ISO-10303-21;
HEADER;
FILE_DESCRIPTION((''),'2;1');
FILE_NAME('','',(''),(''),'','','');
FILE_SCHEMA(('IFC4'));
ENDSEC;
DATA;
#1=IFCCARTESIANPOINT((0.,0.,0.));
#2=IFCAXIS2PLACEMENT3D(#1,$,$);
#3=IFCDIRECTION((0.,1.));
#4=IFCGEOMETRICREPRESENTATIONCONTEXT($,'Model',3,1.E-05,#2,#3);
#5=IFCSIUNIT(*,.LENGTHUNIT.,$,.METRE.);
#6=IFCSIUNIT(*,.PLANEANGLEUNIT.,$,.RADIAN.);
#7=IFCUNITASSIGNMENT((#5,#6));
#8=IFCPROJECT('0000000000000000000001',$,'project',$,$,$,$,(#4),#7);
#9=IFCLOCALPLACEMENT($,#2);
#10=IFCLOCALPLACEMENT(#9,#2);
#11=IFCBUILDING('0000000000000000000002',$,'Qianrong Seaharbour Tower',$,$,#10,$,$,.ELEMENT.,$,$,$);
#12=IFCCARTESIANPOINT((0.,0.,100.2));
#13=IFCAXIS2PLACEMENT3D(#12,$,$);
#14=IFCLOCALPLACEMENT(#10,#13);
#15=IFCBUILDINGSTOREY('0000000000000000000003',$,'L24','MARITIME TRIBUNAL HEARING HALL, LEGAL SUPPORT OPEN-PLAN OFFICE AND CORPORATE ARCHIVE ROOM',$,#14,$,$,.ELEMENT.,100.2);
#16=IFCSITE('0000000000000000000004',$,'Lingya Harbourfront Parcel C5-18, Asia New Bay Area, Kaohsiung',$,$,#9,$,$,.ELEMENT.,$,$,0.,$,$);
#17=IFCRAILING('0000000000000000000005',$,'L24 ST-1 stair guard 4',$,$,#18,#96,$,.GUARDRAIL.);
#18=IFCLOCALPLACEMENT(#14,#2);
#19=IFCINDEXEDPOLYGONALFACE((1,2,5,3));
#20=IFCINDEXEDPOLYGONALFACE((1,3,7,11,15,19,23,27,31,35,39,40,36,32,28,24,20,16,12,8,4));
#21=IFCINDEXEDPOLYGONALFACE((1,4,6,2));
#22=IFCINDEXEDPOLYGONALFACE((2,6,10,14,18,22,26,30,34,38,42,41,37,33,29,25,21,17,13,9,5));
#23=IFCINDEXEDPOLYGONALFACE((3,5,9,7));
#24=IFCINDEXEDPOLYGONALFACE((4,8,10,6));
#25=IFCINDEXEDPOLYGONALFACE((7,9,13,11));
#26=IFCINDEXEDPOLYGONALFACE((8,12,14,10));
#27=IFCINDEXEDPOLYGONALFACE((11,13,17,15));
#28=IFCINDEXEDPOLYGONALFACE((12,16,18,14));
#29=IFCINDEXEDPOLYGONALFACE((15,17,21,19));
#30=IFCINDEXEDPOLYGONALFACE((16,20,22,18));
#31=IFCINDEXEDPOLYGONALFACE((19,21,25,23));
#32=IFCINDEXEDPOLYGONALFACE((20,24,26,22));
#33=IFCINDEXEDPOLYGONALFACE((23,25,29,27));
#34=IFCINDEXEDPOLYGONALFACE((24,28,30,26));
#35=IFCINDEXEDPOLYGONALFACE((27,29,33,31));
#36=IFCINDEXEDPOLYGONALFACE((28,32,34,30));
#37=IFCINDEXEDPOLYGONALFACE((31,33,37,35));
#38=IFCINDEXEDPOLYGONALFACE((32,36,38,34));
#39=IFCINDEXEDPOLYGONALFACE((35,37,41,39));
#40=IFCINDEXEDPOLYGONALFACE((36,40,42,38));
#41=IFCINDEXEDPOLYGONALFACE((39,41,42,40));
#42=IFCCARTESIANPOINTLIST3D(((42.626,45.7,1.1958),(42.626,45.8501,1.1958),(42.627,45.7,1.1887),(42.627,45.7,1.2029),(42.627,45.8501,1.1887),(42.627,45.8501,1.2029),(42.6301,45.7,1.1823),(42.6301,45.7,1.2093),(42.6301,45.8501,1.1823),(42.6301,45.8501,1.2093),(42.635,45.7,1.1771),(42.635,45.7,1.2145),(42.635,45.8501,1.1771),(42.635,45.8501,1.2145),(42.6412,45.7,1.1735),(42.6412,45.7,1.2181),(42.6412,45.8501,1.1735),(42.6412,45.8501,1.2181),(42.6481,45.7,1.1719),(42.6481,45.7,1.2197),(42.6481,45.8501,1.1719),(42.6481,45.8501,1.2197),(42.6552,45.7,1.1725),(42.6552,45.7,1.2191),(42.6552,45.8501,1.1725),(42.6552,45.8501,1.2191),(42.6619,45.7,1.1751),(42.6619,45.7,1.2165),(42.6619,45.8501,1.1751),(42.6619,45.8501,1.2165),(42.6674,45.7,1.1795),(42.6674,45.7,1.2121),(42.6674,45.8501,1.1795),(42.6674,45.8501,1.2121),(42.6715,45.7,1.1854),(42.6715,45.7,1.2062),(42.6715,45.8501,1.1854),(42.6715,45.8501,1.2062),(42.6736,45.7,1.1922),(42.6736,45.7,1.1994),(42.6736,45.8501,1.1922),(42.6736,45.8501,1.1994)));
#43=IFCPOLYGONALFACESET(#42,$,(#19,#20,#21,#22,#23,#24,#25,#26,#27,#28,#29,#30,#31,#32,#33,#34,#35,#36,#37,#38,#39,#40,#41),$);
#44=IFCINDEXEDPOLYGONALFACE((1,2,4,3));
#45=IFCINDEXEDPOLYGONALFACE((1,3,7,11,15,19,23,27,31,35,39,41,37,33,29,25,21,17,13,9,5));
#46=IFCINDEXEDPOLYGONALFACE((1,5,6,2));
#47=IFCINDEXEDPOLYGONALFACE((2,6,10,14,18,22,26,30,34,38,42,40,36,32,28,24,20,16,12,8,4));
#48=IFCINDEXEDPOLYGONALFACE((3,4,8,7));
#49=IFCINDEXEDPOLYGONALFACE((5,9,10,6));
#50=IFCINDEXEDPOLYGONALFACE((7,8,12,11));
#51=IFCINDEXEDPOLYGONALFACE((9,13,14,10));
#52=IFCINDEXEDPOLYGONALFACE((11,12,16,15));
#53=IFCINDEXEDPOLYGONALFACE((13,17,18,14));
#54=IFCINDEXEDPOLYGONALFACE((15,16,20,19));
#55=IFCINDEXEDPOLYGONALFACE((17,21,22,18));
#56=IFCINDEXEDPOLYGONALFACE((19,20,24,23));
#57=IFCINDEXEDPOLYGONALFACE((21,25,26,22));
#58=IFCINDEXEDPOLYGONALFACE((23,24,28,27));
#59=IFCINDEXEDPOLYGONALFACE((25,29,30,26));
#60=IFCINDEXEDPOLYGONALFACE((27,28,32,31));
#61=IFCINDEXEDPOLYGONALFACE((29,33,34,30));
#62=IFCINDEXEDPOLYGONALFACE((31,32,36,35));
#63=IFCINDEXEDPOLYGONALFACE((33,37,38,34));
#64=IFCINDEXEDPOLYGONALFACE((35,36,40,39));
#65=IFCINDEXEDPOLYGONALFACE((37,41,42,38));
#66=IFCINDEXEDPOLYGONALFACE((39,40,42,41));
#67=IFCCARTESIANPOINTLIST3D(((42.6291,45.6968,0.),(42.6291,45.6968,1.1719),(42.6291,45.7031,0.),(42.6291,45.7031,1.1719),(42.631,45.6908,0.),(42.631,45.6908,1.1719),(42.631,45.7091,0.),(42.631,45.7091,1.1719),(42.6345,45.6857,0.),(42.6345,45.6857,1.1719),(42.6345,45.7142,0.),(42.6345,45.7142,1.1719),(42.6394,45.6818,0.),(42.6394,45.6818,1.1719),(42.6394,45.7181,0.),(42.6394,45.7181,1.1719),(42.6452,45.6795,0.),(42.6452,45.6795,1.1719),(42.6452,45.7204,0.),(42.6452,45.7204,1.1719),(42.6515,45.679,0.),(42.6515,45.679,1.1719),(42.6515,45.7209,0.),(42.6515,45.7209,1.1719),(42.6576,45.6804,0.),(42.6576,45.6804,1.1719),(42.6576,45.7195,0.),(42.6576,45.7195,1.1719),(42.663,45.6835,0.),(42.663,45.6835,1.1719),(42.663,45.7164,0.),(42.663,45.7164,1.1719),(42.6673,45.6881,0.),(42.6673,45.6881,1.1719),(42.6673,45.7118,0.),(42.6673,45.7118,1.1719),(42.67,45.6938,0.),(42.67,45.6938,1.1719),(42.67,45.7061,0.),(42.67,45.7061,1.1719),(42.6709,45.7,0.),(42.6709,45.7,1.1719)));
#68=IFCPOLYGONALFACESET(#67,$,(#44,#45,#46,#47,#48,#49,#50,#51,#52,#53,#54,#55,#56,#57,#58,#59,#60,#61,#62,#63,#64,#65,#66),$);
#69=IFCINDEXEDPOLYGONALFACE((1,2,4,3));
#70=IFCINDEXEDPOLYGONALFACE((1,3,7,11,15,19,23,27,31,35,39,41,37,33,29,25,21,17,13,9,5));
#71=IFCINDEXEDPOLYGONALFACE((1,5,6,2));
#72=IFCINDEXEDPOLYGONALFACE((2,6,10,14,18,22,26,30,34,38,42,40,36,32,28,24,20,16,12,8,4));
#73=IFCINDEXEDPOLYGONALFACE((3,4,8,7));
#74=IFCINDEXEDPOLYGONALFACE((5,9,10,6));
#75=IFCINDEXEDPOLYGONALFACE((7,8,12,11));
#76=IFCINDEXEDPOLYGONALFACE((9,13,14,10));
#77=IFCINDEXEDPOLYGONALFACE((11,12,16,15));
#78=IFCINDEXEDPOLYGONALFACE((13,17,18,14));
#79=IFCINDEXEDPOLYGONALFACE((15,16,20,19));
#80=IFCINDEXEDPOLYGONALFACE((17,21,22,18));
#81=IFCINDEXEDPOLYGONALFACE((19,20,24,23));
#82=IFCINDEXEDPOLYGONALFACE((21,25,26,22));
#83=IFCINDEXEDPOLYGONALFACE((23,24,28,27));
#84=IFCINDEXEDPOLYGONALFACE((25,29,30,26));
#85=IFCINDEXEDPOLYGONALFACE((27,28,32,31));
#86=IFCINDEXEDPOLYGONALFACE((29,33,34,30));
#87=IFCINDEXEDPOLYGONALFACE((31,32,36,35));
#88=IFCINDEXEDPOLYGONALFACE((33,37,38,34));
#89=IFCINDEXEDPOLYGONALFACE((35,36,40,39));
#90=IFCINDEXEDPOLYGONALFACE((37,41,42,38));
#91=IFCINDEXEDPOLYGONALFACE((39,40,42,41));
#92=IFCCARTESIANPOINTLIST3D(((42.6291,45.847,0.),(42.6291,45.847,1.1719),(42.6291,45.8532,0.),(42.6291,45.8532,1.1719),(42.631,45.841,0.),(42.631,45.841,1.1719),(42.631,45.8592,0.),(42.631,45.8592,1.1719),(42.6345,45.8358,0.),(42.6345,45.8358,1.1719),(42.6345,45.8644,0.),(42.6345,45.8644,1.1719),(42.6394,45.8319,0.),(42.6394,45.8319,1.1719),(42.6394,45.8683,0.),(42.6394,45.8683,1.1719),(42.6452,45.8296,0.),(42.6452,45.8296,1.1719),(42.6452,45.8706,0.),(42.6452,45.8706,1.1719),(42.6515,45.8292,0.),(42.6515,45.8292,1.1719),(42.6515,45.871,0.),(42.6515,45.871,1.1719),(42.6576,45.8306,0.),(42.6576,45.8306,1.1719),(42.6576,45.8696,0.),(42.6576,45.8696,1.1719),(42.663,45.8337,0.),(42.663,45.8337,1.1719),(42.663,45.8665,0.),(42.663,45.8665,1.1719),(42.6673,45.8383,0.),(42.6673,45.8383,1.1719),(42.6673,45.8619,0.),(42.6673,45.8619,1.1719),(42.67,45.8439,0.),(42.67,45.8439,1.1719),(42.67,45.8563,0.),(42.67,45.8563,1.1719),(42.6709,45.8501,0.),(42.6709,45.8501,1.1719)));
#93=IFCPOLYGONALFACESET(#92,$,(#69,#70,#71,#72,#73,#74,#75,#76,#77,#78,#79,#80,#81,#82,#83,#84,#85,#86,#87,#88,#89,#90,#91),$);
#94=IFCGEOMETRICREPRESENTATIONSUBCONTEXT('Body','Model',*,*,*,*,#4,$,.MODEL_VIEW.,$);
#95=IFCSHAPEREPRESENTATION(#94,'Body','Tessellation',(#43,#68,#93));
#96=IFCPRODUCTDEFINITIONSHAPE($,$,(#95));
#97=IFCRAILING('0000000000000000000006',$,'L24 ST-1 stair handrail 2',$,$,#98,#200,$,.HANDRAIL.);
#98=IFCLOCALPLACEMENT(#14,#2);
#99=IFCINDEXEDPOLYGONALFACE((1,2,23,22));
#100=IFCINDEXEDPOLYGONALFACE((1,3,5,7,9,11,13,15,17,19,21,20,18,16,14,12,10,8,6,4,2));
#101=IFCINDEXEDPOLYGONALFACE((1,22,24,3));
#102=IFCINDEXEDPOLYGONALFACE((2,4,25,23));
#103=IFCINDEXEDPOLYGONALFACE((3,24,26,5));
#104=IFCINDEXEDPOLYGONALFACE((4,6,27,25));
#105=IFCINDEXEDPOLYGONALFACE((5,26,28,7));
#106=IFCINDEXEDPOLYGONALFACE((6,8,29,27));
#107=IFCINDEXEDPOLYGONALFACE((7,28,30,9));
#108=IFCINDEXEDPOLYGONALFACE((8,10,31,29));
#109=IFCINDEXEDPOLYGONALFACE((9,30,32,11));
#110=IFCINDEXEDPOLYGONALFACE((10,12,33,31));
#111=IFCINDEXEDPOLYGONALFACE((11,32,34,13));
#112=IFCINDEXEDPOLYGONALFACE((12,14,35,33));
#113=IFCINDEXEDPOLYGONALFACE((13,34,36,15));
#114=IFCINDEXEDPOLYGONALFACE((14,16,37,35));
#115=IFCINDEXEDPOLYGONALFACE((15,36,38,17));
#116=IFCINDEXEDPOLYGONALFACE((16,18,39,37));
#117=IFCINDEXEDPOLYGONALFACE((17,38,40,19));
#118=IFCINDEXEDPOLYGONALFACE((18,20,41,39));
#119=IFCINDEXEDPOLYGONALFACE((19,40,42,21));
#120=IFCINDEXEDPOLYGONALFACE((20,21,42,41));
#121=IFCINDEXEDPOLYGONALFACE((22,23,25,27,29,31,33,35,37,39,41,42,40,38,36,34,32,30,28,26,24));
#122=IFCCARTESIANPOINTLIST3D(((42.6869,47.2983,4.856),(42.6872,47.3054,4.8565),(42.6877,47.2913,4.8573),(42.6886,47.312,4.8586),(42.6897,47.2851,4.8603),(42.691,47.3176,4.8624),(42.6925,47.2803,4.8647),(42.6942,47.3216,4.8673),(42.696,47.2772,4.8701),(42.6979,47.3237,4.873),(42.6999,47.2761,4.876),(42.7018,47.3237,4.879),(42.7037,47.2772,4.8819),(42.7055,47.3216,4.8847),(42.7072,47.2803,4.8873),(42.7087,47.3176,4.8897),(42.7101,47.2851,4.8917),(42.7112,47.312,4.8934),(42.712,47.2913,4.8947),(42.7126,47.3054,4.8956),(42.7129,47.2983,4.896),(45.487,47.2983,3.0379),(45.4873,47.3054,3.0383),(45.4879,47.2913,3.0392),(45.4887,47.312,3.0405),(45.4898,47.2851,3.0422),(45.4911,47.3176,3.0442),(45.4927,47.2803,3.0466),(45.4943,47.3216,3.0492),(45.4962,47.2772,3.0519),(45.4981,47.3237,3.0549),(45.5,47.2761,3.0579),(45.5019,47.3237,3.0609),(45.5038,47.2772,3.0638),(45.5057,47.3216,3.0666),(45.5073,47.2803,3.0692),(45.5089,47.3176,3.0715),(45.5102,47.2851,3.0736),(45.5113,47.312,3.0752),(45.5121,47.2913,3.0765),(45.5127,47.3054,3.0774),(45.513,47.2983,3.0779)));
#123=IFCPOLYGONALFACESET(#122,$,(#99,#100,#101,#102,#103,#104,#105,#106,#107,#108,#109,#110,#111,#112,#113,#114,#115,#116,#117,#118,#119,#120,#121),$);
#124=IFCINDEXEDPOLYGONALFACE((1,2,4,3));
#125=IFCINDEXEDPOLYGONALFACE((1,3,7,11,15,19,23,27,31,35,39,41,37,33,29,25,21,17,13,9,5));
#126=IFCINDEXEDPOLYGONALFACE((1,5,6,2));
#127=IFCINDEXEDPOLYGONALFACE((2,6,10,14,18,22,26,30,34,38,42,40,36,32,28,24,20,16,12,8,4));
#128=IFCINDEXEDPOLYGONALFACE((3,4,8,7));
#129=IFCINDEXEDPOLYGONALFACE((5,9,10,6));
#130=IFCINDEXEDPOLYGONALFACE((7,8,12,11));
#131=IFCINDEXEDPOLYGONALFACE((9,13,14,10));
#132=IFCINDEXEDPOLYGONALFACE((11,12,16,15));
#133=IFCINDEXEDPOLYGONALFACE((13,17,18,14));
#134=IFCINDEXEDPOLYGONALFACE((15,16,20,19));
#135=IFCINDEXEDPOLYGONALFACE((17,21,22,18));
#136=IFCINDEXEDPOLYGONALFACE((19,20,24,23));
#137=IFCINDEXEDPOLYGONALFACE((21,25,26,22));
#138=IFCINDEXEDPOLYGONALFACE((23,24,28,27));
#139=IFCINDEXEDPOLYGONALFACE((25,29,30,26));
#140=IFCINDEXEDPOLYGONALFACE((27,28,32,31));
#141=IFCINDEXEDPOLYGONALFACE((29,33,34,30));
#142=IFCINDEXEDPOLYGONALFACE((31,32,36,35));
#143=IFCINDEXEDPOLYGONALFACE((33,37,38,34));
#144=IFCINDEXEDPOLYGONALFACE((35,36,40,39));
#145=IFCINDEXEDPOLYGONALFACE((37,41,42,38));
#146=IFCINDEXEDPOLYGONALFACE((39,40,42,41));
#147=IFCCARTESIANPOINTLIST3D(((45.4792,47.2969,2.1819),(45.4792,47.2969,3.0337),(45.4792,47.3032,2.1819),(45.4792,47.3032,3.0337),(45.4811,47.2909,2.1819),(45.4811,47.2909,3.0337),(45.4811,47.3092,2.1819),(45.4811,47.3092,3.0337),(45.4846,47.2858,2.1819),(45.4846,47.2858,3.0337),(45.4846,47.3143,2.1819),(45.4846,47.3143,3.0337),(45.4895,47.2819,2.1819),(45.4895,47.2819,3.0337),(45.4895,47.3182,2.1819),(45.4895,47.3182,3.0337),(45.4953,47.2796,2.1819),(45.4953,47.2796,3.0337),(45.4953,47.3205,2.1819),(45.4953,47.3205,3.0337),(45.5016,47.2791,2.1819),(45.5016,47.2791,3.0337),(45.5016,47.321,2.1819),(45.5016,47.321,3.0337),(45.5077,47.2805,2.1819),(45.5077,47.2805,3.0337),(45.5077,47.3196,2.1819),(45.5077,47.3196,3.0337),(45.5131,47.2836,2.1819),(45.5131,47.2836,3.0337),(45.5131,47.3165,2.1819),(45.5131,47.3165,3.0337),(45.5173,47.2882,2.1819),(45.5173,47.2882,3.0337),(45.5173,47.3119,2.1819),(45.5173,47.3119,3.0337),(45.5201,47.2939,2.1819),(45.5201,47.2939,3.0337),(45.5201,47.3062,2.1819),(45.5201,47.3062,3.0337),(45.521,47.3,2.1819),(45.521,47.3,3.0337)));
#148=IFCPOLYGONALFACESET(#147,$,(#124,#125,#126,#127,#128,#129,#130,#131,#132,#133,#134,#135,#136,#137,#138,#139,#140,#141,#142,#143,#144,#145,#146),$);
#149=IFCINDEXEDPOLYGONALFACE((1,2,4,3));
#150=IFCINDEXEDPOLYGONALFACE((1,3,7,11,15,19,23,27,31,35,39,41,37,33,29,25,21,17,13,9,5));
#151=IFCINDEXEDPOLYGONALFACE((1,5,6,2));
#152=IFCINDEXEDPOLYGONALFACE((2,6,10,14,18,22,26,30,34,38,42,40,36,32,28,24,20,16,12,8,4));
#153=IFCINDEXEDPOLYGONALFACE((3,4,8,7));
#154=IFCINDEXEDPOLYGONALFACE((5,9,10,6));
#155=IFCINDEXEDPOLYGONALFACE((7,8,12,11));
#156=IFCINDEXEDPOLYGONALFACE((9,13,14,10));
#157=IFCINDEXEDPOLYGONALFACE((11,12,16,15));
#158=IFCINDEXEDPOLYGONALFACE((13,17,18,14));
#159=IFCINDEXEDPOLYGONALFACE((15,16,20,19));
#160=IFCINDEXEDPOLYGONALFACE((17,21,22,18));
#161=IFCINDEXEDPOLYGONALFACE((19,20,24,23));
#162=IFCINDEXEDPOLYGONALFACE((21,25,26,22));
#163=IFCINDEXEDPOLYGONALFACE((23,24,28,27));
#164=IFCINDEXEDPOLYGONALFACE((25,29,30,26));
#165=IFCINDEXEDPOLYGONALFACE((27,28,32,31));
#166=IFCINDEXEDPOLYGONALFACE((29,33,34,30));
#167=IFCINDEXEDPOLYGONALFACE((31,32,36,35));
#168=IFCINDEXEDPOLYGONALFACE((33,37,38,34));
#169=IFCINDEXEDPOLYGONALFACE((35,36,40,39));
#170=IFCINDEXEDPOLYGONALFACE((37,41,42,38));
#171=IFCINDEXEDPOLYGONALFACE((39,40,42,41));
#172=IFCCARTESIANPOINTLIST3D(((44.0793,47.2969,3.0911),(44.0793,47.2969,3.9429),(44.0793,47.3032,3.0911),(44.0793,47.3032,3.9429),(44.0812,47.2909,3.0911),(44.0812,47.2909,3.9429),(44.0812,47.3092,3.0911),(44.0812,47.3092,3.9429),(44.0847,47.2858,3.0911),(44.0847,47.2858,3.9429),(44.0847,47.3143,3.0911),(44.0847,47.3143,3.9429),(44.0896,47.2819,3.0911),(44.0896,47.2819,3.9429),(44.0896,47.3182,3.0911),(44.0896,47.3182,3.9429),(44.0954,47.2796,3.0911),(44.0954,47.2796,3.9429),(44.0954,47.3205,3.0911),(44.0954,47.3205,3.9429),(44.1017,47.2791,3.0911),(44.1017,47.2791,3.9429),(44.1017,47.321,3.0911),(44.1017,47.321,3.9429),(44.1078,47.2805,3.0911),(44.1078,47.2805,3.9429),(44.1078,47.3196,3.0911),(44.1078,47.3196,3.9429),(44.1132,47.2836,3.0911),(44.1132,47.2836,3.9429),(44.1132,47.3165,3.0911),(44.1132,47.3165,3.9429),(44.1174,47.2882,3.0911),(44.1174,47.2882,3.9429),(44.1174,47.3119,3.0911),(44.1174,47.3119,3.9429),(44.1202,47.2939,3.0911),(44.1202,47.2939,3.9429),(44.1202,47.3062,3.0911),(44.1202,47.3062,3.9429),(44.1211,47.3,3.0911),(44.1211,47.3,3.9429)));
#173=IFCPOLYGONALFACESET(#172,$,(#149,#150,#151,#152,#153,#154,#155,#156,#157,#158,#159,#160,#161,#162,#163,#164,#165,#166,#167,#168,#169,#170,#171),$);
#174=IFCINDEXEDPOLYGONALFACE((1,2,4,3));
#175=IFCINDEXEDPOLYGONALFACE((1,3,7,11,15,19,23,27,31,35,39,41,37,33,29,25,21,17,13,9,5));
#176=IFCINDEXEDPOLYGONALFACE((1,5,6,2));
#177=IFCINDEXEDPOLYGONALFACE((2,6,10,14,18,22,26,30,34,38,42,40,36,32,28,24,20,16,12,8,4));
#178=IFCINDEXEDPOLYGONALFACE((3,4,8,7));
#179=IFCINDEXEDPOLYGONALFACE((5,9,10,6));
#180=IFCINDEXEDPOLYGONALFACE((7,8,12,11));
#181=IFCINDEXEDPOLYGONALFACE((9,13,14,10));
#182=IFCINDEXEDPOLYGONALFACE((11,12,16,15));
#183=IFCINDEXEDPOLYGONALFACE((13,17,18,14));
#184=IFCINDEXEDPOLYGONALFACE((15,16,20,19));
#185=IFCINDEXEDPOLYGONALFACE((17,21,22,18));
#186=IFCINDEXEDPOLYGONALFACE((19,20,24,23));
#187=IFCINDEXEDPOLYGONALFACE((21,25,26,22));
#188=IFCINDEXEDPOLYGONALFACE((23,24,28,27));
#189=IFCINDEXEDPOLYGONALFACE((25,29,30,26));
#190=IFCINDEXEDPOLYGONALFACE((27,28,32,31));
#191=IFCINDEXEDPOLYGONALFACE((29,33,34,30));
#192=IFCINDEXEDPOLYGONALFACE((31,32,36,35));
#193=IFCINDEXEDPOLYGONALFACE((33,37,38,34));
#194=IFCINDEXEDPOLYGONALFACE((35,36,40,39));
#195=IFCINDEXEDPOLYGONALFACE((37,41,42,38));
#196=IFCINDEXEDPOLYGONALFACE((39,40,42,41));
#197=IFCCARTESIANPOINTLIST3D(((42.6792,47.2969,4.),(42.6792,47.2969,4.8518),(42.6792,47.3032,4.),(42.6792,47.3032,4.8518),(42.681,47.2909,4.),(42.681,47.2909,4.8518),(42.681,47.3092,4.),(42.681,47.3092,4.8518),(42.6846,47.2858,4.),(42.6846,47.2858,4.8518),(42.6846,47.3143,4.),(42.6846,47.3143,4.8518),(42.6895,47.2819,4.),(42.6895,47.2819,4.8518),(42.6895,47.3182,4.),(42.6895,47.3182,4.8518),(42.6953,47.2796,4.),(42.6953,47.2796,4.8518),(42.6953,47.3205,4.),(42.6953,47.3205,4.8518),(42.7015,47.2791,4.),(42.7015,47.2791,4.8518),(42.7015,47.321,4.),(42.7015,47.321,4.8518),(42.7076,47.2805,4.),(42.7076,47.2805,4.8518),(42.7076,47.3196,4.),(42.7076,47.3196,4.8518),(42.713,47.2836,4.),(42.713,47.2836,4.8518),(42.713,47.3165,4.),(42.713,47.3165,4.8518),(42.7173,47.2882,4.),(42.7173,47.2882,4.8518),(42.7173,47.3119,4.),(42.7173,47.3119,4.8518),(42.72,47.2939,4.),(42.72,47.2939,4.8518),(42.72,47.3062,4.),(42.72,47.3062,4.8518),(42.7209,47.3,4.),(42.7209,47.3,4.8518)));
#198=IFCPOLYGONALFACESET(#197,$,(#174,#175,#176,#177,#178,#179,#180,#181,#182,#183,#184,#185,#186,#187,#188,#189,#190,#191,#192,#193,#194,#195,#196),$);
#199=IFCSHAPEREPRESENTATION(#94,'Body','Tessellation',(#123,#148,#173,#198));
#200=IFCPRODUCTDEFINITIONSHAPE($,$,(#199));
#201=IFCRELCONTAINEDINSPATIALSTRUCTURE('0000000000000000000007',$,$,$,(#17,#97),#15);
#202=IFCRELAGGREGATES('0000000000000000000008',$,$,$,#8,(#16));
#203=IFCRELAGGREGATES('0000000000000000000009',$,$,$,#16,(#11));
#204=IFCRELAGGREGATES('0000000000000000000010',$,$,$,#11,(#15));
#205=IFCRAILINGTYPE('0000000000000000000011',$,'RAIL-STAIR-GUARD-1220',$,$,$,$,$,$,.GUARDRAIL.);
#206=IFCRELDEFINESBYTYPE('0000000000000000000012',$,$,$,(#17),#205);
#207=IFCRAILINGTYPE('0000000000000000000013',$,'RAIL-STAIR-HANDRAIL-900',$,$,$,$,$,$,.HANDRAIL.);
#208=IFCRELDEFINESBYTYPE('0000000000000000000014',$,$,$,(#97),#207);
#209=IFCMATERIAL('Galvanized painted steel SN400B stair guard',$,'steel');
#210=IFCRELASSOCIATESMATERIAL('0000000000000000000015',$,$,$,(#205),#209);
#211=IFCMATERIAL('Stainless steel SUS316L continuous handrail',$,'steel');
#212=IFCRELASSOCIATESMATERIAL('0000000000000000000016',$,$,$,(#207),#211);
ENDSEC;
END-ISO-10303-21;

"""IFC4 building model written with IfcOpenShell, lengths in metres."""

from ifc_helpers import new_model, si_unit, direction, frame, origin, origin_2d, place, context, subcontext, project, spatial, circle, extrude, material, type_object, element, save


model = new_model("IFC4")

# Units and contexts
model_context = context("Model", 3, precision=1e-05, world=origin(), true_north=direction((0.0, 1.0)))
body_context = subcontext(model_context, "Body", "Model", "MODEL_VIEW")
ifc_project = project(units=[si_unit("LENGTHUNIT", "METRE"), si_unit("PLANEANGLEUNIT", "RADIAN")], contexts=[model_context])

# Site, building, storey
site_placement = place(None, origin())
site = spatial("IfcSite", under=ifc_project, at=site_placement, Name="Lingya Harbourfront Parcel C5-18, Asia New Bay Area, Kaohsiung", CompositionType="ELEMENT", RefElevation=0.0)
building_placement = place(site_placement, origin())
building = spatial("IfcBuilding", under=site, at=building_placement, Name="Qianrong Seaharbour Tower", CompositionType="ELEMENT")
storey_placement = place(building_placement, frame((0.0, 0.0, 100.2)))
storey = spatial("IfcBuildingStorey", under=building, at=storey_placement, Name="L24", Description="MARITIME TRIBUNAL HEARING HALL, LEGAL SUPPORT OPEN-PLAN OFFICE AND CORPORATE ARCHIVE ROOM", CompositionType="ELEMENT", Elevation=100.2)

# Railings
ifc_material_1 = material(Name="Galvanized painted steel SN400B stair guard", Category="steel")
railing_type_1 = type_object("IfcRailingType", Name="RAIL-STAIR-GUARD-1220", PredefinedType="GUARDRAIL", material=ifc_material_1)
railing_1_placement = place(storey_placement, frame((42.6499, 45.7, 0.0)))
element("IfcRailing", 1, at=railing_1_placement, inside=storey, type_object=railing_type_1, Name="L24 ST-1 stair guard 4", PredefinedType="GUARDRAIL", context=body_context, shape_type="SweptSolid", body=[
    extrude(circle(Radius=0.0239, at=origin_2d()), frame((0.0, 0.0, 1.1958), z_axis=(0.0, 1.0, 0.0), x_axis=(-1.0, 0.0, 0.0)), (0.0, 0.0, 1.0), 0.1501),
    extrude(circle(Radius=0.021, at=origin_2d()), origin(), (0.0, 0.0, 1.0), 1.1719),
    extrude(circle(Radius=0.021, at=origin_2d()), frame((0.0, 0.1501, 0.0)), (0.0, 0.0, 1.0), 1.1719),
])
ifc_material_2 = material(Name="Stainless steel SUS316L continuous handrail", Category="steel")
railing_type_2 = type_object("IfcRailingType", Name="RAIL-STAIR-HANDRAIL-900", PredefinedType="HANDRAIL", material=ifc_material_2)
railing_2_placement = place(storey_placement, frame((45.5, 47.3, 2.1819)))
element("IfcRailing", 2, at=railing_2_placement, inside=storey, type_object=railing_type_2, Name="L24 ST-1 stair handrail 2", PredefinedType="HANDRAIL", context=body_context, shape_type="SweptSolid", body=[
    extrude(circle(Radius=0.0239, at=origin_2d()), frame((0.0, 0.0, 0.876), z_axis=(-0.838706, 0.0, 0.544585), x_axis=(0.0, -1.0, 0.0)), (0.0, 0.0, 1.0), 3.3386),
    extrude(circle(Radius=0.021, at=origin_2d()), origin(), (0.0, 0.0, 1.0), 0.8518),
    extrude(circle(Radius=0.021, at=origin_2d()), frame((-1.3999, 0.0, 0.9092)), (0.0, 0.0, 1.0), 0.8518),
    extrude(circle(Radius=0.021, at=origin_2d()), frame((-2.8, 0.0, 1.8181)), (0.0, 0.0, 1.0), 0.8518),
])

save(model, "model.ifc")
